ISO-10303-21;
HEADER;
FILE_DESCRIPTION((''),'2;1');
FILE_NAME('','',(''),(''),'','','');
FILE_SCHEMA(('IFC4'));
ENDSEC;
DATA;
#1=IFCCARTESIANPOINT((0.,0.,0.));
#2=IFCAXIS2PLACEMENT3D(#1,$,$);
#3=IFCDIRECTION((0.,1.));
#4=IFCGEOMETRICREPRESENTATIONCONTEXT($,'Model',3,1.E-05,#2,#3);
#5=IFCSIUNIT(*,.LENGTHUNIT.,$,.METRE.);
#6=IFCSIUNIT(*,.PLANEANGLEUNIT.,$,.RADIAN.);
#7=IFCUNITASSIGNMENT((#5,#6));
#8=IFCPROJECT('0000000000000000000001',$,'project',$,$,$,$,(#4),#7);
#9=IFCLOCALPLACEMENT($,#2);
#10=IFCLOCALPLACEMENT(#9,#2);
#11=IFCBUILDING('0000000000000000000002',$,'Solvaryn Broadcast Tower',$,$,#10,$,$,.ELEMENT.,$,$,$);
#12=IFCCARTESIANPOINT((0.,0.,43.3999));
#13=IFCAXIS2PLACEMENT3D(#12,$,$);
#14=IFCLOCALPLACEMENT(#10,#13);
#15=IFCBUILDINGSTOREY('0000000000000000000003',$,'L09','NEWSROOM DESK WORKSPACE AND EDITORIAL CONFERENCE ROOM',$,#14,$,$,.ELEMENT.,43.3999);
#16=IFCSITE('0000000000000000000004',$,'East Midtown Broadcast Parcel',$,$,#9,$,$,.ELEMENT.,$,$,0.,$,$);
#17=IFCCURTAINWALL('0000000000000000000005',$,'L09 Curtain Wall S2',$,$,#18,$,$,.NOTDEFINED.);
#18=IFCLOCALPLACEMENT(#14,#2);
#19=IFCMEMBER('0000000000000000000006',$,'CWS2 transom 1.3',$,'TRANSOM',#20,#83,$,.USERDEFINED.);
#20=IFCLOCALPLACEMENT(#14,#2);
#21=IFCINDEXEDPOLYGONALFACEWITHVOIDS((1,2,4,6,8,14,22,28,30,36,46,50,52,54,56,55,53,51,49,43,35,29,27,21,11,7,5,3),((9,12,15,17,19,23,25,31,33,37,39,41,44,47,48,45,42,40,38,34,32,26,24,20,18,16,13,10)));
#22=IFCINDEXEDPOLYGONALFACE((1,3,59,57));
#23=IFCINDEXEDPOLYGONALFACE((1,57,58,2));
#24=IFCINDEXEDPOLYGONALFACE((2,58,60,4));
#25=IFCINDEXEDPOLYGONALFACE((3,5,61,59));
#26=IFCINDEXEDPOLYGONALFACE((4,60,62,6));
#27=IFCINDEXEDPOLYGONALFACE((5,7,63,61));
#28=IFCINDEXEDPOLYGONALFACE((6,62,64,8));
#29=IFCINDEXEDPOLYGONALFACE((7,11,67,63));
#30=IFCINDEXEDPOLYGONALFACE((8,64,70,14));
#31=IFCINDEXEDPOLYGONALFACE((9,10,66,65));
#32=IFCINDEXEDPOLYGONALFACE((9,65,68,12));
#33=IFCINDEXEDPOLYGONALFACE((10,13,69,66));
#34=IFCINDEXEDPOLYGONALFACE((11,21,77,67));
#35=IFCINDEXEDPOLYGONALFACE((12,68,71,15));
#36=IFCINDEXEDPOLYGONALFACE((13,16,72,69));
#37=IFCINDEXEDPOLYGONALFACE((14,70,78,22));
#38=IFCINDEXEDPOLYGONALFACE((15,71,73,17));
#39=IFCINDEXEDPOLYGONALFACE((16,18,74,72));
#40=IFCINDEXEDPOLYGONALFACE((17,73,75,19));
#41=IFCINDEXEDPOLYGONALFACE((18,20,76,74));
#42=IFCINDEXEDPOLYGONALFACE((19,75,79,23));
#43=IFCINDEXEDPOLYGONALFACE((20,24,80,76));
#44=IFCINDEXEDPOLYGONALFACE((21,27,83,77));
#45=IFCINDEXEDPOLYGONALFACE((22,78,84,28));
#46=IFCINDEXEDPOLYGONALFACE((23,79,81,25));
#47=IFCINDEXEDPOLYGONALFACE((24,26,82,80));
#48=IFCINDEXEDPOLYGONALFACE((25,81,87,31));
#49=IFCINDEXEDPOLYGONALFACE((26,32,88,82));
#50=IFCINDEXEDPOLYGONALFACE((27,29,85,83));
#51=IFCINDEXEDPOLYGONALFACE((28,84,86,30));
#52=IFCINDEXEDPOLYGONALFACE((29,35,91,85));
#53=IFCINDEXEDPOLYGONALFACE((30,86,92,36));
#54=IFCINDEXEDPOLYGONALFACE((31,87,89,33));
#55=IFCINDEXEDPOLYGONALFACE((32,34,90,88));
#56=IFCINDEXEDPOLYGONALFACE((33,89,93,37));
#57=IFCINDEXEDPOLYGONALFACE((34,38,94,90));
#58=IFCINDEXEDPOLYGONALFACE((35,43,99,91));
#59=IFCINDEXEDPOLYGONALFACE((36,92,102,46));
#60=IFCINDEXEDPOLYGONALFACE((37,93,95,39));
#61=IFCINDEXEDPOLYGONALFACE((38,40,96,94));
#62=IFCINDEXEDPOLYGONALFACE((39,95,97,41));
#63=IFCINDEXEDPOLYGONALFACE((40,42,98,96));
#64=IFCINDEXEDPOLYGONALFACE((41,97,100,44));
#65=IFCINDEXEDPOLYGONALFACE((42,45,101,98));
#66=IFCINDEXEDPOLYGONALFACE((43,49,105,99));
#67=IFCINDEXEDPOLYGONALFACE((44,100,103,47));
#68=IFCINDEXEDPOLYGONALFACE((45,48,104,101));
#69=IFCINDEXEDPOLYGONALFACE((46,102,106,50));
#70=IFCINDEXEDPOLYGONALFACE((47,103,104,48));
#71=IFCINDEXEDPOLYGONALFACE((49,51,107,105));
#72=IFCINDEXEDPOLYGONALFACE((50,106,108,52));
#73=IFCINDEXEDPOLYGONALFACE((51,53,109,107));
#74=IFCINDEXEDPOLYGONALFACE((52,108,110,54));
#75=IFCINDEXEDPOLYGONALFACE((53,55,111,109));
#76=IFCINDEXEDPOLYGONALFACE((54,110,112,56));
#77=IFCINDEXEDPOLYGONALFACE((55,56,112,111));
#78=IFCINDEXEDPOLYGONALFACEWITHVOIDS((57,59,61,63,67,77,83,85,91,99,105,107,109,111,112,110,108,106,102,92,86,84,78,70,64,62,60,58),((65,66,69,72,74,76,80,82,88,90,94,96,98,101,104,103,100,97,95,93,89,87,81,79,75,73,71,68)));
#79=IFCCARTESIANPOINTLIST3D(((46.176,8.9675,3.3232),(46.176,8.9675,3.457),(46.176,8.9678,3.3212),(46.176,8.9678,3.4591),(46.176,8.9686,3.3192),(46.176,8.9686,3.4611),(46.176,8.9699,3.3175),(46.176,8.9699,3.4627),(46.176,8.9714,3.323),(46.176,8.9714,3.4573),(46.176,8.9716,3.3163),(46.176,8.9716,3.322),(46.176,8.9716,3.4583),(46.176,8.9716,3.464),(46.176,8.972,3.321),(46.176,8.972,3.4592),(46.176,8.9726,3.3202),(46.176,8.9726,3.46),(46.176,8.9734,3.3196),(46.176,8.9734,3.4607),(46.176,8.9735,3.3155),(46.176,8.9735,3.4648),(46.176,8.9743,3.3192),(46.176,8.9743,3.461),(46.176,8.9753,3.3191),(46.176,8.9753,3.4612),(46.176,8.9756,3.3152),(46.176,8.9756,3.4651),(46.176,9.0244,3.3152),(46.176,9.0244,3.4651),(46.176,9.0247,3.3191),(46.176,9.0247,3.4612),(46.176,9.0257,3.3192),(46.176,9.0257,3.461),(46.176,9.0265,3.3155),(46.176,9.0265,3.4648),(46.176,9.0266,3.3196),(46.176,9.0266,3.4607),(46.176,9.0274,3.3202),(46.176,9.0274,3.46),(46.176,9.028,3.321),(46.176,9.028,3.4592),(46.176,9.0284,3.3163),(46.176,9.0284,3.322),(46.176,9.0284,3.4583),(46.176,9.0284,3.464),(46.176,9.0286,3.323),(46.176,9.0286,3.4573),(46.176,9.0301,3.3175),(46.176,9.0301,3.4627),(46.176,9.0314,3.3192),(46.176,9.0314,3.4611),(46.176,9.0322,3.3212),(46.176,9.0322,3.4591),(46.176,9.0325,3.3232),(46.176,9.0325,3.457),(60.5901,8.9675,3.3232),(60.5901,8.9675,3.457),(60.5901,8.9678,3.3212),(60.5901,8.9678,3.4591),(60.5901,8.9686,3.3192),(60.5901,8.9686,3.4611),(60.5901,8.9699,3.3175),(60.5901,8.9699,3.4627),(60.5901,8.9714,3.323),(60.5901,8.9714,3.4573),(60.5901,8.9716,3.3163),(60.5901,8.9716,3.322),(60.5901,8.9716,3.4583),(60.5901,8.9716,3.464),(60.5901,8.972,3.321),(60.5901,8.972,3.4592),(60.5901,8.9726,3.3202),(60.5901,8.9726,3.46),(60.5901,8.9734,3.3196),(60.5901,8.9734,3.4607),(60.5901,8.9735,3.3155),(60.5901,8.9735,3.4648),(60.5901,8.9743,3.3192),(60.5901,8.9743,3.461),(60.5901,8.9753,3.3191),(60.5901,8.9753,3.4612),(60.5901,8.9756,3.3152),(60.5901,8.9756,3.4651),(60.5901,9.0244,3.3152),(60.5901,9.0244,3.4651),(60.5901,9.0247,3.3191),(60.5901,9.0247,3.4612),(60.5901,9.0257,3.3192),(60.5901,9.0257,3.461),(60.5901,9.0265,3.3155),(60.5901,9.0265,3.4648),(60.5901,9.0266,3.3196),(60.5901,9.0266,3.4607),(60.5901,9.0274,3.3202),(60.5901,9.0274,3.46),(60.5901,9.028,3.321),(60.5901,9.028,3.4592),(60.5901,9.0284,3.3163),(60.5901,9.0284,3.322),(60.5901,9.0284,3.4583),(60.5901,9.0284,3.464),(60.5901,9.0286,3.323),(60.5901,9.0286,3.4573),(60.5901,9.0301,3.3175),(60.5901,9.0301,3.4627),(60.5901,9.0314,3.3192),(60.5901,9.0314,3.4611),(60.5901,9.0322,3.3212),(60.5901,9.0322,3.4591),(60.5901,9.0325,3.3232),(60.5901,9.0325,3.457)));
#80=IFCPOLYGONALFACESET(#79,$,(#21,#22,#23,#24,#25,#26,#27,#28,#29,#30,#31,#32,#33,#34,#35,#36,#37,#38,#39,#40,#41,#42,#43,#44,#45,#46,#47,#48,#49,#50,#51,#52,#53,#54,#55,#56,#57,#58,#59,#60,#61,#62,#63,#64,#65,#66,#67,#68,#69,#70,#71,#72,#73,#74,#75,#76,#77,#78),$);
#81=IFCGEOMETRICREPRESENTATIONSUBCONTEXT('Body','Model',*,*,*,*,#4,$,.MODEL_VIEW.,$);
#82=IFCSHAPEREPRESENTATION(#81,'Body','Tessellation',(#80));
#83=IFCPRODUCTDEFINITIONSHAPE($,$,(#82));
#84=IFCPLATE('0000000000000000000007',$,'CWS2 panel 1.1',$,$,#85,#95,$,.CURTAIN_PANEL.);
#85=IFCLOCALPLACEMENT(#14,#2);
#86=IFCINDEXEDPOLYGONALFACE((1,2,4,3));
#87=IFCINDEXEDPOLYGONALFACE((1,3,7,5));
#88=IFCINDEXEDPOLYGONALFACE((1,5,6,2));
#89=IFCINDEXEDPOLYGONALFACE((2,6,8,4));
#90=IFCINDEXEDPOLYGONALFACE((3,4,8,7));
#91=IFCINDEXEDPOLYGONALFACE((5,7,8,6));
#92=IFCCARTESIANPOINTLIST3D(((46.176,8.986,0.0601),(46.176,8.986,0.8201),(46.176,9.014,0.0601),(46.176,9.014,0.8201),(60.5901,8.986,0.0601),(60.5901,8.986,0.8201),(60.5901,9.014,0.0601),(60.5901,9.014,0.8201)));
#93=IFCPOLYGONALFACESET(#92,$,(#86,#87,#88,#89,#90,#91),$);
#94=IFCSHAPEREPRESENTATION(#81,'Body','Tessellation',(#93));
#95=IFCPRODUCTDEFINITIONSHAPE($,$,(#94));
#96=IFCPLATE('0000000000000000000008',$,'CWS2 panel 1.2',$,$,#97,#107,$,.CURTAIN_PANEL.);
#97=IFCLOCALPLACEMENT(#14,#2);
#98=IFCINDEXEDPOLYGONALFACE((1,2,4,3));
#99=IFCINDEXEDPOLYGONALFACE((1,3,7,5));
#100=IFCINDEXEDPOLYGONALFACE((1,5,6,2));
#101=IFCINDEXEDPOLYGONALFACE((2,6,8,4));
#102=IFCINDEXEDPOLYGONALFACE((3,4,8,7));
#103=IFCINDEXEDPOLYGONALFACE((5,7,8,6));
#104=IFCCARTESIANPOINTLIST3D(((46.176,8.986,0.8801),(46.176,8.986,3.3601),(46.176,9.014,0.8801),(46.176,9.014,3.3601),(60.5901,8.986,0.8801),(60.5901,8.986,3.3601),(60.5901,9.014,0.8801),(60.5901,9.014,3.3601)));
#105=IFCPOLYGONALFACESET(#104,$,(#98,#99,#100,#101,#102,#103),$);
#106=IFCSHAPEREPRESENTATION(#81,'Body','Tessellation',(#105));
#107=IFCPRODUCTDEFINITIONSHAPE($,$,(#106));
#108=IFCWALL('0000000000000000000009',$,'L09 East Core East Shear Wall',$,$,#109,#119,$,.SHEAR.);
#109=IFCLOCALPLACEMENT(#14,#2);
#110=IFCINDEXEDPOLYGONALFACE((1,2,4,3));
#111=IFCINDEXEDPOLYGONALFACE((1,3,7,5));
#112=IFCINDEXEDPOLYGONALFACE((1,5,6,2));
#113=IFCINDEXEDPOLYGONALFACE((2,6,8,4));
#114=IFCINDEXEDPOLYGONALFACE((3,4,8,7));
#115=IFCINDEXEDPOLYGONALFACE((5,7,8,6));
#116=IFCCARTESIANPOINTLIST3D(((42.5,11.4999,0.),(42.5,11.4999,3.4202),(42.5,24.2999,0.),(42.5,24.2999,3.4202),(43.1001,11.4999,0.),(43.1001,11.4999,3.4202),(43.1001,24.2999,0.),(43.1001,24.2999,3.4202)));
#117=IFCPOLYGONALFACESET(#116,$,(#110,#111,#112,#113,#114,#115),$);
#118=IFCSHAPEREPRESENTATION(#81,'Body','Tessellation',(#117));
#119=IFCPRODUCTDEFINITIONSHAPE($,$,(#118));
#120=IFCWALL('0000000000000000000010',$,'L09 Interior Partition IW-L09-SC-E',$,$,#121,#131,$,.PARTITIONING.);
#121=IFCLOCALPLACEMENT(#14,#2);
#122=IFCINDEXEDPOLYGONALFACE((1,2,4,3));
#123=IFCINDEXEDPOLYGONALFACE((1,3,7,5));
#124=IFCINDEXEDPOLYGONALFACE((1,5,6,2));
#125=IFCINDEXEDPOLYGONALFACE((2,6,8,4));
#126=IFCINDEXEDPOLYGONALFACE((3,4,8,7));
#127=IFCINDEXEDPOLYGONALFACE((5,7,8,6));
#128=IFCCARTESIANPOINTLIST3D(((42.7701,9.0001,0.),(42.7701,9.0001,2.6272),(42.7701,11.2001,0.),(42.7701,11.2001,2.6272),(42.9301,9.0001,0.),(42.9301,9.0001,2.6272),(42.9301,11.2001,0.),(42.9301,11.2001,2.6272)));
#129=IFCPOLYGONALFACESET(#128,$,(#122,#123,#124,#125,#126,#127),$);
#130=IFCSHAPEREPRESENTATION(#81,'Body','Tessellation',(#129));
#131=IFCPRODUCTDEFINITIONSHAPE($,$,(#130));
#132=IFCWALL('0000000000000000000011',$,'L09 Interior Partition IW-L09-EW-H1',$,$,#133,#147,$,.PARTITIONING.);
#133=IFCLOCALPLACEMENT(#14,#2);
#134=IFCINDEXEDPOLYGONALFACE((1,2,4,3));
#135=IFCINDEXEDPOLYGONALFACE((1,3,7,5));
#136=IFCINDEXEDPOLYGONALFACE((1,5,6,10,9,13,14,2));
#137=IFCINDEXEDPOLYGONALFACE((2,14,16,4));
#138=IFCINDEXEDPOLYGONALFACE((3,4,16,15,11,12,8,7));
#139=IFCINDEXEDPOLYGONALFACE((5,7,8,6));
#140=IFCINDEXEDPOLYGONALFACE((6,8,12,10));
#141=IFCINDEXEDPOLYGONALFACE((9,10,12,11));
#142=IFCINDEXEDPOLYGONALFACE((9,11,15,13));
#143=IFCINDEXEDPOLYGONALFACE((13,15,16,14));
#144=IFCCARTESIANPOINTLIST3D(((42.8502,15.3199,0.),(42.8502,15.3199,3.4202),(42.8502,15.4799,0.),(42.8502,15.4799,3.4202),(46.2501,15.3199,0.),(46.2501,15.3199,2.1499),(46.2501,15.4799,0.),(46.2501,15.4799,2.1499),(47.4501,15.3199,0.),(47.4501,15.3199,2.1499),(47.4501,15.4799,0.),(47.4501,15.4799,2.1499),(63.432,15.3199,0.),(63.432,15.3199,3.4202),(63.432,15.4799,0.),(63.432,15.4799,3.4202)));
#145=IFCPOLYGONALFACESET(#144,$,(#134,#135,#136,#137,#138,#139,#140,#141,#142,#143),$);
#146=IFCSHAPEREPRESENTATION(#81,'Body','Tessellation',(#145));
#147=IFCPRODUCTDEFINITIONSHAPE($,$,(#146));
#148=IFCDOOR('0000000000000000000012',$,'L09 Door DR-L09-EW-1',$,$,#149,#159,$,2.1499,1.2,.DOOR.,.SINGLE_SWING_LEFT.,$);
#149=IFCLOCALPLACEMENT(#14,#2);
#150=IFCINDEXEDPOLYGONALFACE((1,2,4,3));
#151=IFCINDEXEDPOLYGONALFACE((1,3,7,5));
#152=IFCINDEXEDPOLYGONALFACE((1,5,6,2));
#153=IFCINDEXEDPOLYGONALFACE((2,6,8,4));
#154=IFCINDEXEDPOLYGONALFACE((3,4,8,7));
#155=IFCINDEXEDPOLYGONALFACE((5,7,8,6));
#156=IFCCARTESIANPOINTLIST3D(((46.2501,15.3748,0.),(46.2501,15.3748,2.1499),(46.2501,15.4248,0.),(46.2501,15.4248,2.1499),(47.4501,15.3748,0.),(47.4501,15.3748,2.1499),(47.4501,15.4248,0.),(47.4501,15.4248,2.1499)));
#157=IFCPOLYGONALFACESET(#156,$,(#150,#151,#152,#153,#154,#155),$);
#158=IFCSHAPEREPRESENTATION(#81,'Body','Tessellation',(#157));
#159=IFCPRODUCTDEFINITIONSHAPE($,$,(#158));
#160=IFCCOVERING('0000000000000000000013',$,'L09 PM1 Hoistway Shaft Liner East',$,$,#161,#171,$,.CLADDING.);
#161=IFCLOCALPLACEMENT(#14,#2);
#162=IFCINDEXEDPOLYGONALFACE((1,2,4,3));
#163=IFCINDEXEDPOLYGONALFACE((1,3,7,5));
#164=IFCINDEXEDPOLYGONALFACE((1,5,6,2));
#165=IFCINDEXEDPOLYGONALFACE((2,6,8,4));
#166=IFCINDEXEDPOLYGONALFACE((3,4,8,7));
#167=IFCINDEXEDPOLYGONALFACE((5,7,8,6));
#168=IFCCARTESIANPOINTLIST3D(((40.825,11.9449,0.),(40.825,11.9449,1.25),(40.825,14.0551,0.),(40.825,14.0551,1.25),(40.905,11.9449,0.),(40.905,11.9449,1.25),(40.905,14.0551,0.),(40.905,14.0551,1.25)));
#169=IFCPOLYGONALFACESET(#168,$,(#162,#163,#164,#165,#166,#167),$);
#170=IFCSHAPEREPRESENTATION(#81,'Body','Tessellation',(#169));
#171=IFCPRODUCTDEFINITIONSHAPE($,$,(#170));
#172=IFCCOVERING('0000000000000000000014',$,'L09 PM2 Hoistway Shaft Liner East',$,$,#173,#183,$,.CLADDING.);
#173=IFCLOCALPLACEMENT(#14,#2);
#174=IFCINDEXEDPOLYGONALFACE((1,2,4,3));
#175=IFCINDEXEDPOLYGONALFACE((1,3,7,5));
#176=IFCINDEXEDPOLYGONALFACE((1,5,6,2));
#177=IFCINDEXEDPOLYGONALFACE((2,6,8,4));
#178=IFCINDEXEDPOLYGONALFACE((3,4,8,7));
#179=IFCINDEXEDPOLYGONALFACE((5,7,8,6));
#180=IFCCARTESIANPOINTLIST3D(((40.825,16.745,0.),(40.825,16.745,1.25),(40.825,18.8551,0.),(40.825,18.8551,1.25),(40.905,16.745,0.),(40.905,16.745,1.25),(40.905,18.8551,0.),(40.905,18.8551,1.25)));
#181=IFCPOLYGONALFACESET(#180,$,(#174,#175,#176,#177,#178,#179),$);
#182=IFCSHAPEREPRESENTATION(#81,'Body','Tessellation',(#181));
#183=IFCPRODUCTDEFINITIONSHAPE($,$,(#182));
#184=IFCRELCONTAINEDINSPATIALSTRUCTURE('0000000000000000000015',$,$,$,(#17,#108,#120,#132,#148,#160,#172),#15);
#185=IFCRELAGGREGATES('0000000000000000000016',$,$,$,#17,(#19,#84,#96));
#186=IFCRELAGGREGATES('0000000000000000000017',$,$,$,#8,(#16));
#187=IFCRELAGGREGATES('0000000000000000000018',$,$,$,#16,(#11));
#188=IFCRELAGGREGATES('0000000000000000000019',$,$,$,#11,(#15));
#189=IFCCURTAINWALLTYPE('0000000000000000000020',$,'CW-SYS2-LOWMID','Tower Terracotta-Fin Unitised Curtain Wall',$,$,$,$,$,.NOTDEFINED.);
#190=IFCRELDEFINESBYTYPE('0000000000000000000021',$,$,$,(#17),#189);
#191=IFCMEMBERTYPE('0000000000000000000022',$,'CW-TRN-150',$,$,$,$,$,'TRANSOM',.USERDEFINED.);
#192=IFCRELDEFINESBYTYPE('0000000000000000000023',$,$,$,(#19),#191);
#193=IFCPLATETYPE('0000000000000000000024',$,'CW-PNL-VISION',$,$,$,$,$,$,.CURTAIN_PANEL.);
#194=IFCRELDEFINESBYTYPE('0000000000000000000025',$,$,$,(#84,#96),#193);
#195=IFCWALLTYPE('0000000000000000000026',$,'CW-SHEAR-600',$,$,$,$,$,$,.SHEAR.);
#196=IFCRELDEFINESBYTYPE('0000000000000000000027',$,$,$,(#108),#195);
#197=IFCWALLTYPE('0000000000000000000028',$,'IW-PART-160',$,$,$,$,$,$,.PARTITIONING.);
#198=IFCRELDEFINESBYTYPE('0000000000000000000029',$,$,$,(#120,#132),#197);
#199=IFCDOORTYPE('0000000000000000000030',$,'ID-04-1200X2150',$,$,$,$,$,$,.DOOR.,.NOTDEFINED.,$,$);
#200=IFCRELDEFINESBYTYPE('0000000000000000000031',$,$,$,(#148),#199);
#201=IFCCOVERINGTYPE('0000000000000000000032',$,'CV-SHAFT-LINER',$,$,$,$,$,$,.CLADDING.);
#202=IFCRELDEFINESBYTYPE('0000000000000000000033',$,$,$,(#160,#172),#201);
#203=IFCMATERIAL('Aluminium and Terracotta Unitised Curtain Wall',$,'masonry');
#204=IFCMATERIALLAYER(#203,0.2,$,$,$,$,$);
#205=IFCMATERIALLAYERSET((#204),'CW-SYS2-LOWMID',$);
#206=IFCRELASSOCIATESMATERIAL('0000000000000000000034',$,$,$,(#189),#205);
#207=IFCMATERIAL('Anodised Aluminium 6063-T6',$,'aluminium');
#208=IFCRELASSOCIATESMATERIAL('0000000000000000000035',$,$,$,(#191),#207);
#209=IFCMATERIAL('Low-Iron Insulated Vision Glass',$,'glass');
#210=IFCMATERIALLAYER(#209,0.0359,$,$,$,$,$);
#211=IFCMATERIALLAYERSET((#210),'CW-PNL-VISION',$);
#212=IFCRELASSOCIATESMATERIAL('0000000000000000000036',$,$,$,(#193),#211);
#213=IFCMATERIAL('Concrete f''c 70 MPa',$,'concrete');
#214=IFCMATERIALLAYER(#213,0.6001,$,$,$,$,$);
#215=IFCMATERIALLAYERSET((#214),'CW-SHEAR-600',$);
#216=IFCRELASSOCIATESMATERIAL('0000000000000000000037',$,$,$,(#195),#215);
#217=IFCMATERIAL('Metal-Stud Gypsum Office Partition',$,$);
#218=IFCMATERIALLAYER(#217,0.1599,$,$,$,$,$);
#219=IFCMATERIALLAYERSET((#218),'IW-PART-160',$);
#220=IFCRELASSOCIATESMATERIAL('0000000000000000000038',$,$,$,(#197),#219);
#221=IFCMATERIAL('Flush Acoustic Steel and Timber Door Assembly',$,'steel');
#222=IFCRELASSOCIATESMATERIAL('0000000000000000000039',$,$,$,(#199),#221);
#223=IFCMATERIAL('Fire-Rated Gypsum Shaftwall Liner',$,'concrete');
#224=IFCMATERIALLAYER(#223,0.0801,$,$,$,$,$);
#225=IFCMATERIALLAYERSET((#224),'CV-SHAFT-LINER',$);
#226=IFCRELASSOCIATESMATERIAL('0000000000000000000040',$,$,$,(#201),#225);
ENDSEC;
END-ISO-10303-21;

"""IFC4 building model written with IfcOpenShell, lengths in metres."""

from ifc_helpers import new_model, si_unit, direction, frame, frame_2d, origin, origin_2d, place, context, subcontext, project, spatial, rectangle, hollow_rectangle, extrude, material, layer, layer_set, material_profile, profile_set, type_object, element, fill, aggregate, save


model = new_model("IFC4")

# Units and contexts
model_context = context("Model", 3, precision=1e-05, world=origin(), true_north=direction((0.0, 1.0)))
body_context = subcontext(model_context, "Body", "Model", "MODEL_VIEW")
ifc_project = project(units=[si_unit("LENGTHUNIT", "METRE"), si_unit("PLANEANGLEUNIT", "RADIAN")], contexts=[model_context])

# Site, building, storey
site_placement = place(None, origin())
site = spatial("IfcSite", under=ifc_project, at=site_placement, Name="East Midtown Broadcast Parcel", CompositionType="ELEMENT", RefElevation=0.0)
building_placement = place(site_placement, origin())
building = spatial("IfcBuilding", under=site, at=building_placement, Name="Solvaryn Broadcast Tower", CompositionType="ELEMENT")
storey_placement = place(building_placement, frame((0.0, 0.0, 43.3999)))
storey = spatial("IfcBuildingStorey", under=building, at=storey_placement, Name="L09", Description="NEWSROOM DESK WORKSPACE AND EDITORIAL CONFERENCE ROOM", CompositionType="ELEMENT", Elevation=43.3999)

# Shared definitions
ifc_material_1 = material(Name="Aluminium and Terracotta Unitised Curtain Wall", Category="masonry")
ifc_layer_1 = layer(ifc_material_1, 0.2)
ifc_layer_set_1 = layer_set([ifc_layer_1], Name="CW-SYS2-LOWMID")
curtain_wall_type = type_object("IfcCurtainWallType", Name="CW-SYS2-LOWMID", Description="Tower Terracotta-Fin Unitised Curtain Wall", PredefinedType="NOTDEFINED", material=ifc_layer_set_1)

# Curtain wall, member, plates
curtain_wall_1_placement = place(storey_placement, origin())
curtain_wall_1 = element("IfcCurtainWall", 1, at=curtain_wall_1_placement, inside=storey, type_object=curtain_wall_type, Name="L09 Curtain Wall S2", PredefinedType="NOTDEFINED")
ifc_material_2 = material(Name="Anodised Aluminium 6063-T6", Category="aluminium")
ifc_material_profile_1 = material_profile(ifc_material_2, hollow_rectangle(XDim=0.0649, YDim=0.1499, WallThickness=0.0039, InnerFilletRadius=0.0039, OuterFilletRadius=0.0081, at=origin_2d()))
ifc_profile_set_1 = profile_set([ifc_material_profile_1], Name="Anodised Aluminium 6063-T6")
member_type_1 = type_object("IfcMemberType", Name="CW-TRN-150", ElementType="TRANSOM", PredefinedType="USERDEFINED", material=ifc_profile_set_1)
member_1_placement = place(storey_placement, frame((46.176, 9.0, 3.3901), z_axis=(1.0, 0.0, 0.0), x_axis=(0.0, 1.0, 0.0)))
member_1 = element("IfcMember", 2, at=member_1_placement, type_object=member_type_1, Name="CWS2 transom 1.3", ObjectType="TRANSOM", PredefinedType="USERDEFINED", context=body_context, shape_type="SweptSolid", body=[
    extrude(hollow_rectangle(XDim=0.0649, YDim=0.1499, WallThickness=0.0039, InnerFilletRadius=0.0039, OuterFilletRadius=0.0081, at=origin_2d()), origin(), (0.0, 0.0, 1.0), 14.4141),
])
ifc_material_3 = material(Name="Low-Iron Insulated Vision Glass", Category="glass")
ifc_layer_2 = layer(ifc_material_3, 0.0359)
ifc_layer_set_2 = layer_set([ifc_layer_2], Name="CW-PNL-VISION")
plate_type = type_object("IfcPlateType", Name="CW-PNL-VISION", PredefinedType="CURTAIN_PANEL", material=ifc_layer_set_2)
plate_1_placement = place(storey_placement, frame((53.3831, 9.0, 0.0601), z_axis=(0.0, 0.0, 1.0), x_axis=(1.0, 0.0, 0.0)))
plate_1 = element("IfcPlate", 3, at=plate_1_placement, type_object=plate_type, Name="CWS2 panel 1.1", PredefinedType="CURTAIN_PANEL", context=body_context, shape_type="SweptSolid", body=[
    extrude(rectangle(XDim=14.4141, YDim=0.0281, at=origin_2d()), origin(), (0.0, 0.0, 1.0), 0.76),
])
plate_2_placement = place(storey_placement, frame((53.3831, 9.0, 0.8801), z_axis=(0.0, 0.0, 1.0), x_axis=(1.0, 0.0, 0.0)))
plate_2 = element("IfcPlate", 4, at=plate_2_placement, type_object=plate_type, Name="CWS2 panel 1.2", PredefinedType="CURTAIN_PANEL", context=body_context, shape_type="SweptSolid", body=[
    extrude(rectangle(XDim=14.4141, YDim=0.0281, at=origin_2d()), origin(), (0.0, 0.0, 1.0), 2.48),
])
aggregate(curtain_wall_1, [member_1, plate_1, plate_2])

# Walls
ifc_material_4 = material(Name="Concrete f'c 70 MPa", Category="concrete")
ifc_layer_3 = layer(ifc_material_4, 0.6001)
ifc_layer_set_3 = layer_set([ifc_layer_3], Name="CW-SHEAR-600")
wall_type_1 = type_object("IfcWallType", Name="CW-SHEAR-600", PredefinedType="SHEAR", material=ifc_layer_set_3)
wall_1_placement = place(storey_placement, frame((42.8, 11.5, 0.0), z_axis=(0.0, 0.0, 1.0), x_axis=(0.0, 1.0, 0.0)))
element("IfcWall", 5, at=wall_1_placement, inside=storey, type_object=wall_type_1, Name="L09 East Core East Shear Wall", PredefinedType="SHEAR", context=body_context, shape_type="SweptSolid", body=[
    extrude(rectangle(XDim=12.8, YDim=0.6001, at=frame_2d((6.3999, 0.0))), origin(), (0.0, 0.0, 1.0), 3.4202),
])
ifc_material_5 = material(Name="Metal-Stud Gypsum Office Partition")
ifc_layer_4 = layer(ifc_material_5, 0.1599)
ifc_layer_set_4 = layer_set([ifc_layer_4], Name="IW-PART-160")
wall_type_2 = type_object("IfcWallType", Name="IW-PART-160", PredefinedType="PARTITIONING", material=ifc_layer_set_4)
wall_2_placement = place(storey_placement, frame((42.8501, 9.0, 0.0), z_axis=(0.0, 0.0, 1.0), x_axis=(0.0, 1.0, 0.0)))
element("IfcWall", 6, at=wall_2_placement, inside=storey, type_object=wall_type_2, Name="L09 Interior Partition IW-L09-SC-E", PredefinedType="PARTITIONING", context=body_context, shape_type="SweptSolid", body=[
    extrude(rectangle(XDim=2.2, YDim=0.1599, at=frame_2d((1.1001, 0.0))), origin(), (0.0, 0.0, 1.0), 2.6272),
])

# Wall, opening, door
wall_3_placement = place(storey_placement, frame((42.8501, 15.3999, 0.0), z_axis=(0.0, 0.0, 1.0), x_axis=(1.0, 0.0, 0.0)))
wall_3 = element("IfcWall", 7, at=wall_3_placement, inside=storey, type_object=wall_type_2, Name="L09 Interior Partition IW-L09-EW-H1", PredefinedType="PARTITIONING", context=body_context, shape_type="SweptSolid", body=[
    extrude(rectangle(XDim=20.5818, YDim=0.1599, at=frame_2d((10.291, 0.0))), origin(), (0.0, 0.0, 1.0), 3.4202),
])
opening_1_placement = place(wall_3_placement, frame((3.3999, 0.0, 0.0)))
opening_1 = element("IfcOpeningElement", 8, at=opening_1_placement, cuts=wall_3, PredefinedType="OPENING", context=body_context, shape_type="SweptSolid", body=[
    extrude(rectangle(XDim=1.2, YDim=2.1499, at=frame_2d((0.6001, 1.075))), frame((0.0, 0.0901, 0.0), z_axis=(0.0, -1.0, 0.0), x_axis=(1.0, 0.0, 0.0)), (0.0, 0.0, 1.0), 0.1799),
])
ifc_material_6 = material(Name="Flush Acoustic Steel and Timber Door Assembly", Category="steel")
door_type_1 = type_object("IfcDoorType", Name="ID-04-1200X2150", OperationType="NOTDEFINED", PredefinedType="DOOR", material=ifc_material_6)
door_1_placement = place(opening_1_placement, origin())
door_1 = element("IfcDoor", 9, at=door_1_placement, inside=storey, type_object=door_type_1, Name="L09 Door DR-L09-EW-1", OperationType="SINGLE_SWING_LEFT", OverallHeight=2.1499, OverallWidth=1.2, PredefinedType="DOOR", context=body_context, shape_type="SweptSolid", body=[
    extrude(rectangle(XDim=1.2, YDim=2.1499, at=frame_2d((0.6001, 1.075))), frame((0.0, 0.0249, 0.0), z_axis=(0.0, -1.0, 0.0), x_axis=(1.0, 0.0, 0.0)), (0.0, 0.0, 1.0), 0.05),
])
fill(opening_1, door_1)

# Coverings
ifc_material_7 = material(Name="Fire-Rated Gypsum Shaftwall Liner", Category="concrete")
ifc_layer_5 = layer(ifc_material_7, 0.0801)
ifc_layer_set_5 = layer_set([ifc_layer_5], Name="CV-SHAFT-LINER")
covering_type_1 = type_object("IfcCoveringType", Name="CV-SHAFT-LINER", PredefinedType="CLADDING", material=ifc_layer_set_5)
for number, where, z_axis, x_axis, name in (
    (10, (40.865, 13.0, 0.0), (0.0, 0.0, 1.0), (1.0, 0.0, 0.0), "L09 PM1 Hoistway Shaft Liner East"),
    (11, (40.865, 17.8, 0.0), (0.0, 0.0, 1.0), (1.0, 0.0, 0.0), "L09 PM2 Hoistway Shaft Liner East"),
):
    element("IfcCovering", number, at=place(storey_placement, frame(where, z_axis=z_axis, x_axis=x_axis)), inside=storey, type_object=covering_type_1, Name=name, PredefinedType="CLADDING", context=body_context, shape_type="SweptSolid", body=[
        extrude(rectangle(XDim=0.0801, YDim=2.1101, at=origin_2d()), origin(), (0.0, 0.0, 1.0), 1.25),
    ])

save(model, "model.ifc")
